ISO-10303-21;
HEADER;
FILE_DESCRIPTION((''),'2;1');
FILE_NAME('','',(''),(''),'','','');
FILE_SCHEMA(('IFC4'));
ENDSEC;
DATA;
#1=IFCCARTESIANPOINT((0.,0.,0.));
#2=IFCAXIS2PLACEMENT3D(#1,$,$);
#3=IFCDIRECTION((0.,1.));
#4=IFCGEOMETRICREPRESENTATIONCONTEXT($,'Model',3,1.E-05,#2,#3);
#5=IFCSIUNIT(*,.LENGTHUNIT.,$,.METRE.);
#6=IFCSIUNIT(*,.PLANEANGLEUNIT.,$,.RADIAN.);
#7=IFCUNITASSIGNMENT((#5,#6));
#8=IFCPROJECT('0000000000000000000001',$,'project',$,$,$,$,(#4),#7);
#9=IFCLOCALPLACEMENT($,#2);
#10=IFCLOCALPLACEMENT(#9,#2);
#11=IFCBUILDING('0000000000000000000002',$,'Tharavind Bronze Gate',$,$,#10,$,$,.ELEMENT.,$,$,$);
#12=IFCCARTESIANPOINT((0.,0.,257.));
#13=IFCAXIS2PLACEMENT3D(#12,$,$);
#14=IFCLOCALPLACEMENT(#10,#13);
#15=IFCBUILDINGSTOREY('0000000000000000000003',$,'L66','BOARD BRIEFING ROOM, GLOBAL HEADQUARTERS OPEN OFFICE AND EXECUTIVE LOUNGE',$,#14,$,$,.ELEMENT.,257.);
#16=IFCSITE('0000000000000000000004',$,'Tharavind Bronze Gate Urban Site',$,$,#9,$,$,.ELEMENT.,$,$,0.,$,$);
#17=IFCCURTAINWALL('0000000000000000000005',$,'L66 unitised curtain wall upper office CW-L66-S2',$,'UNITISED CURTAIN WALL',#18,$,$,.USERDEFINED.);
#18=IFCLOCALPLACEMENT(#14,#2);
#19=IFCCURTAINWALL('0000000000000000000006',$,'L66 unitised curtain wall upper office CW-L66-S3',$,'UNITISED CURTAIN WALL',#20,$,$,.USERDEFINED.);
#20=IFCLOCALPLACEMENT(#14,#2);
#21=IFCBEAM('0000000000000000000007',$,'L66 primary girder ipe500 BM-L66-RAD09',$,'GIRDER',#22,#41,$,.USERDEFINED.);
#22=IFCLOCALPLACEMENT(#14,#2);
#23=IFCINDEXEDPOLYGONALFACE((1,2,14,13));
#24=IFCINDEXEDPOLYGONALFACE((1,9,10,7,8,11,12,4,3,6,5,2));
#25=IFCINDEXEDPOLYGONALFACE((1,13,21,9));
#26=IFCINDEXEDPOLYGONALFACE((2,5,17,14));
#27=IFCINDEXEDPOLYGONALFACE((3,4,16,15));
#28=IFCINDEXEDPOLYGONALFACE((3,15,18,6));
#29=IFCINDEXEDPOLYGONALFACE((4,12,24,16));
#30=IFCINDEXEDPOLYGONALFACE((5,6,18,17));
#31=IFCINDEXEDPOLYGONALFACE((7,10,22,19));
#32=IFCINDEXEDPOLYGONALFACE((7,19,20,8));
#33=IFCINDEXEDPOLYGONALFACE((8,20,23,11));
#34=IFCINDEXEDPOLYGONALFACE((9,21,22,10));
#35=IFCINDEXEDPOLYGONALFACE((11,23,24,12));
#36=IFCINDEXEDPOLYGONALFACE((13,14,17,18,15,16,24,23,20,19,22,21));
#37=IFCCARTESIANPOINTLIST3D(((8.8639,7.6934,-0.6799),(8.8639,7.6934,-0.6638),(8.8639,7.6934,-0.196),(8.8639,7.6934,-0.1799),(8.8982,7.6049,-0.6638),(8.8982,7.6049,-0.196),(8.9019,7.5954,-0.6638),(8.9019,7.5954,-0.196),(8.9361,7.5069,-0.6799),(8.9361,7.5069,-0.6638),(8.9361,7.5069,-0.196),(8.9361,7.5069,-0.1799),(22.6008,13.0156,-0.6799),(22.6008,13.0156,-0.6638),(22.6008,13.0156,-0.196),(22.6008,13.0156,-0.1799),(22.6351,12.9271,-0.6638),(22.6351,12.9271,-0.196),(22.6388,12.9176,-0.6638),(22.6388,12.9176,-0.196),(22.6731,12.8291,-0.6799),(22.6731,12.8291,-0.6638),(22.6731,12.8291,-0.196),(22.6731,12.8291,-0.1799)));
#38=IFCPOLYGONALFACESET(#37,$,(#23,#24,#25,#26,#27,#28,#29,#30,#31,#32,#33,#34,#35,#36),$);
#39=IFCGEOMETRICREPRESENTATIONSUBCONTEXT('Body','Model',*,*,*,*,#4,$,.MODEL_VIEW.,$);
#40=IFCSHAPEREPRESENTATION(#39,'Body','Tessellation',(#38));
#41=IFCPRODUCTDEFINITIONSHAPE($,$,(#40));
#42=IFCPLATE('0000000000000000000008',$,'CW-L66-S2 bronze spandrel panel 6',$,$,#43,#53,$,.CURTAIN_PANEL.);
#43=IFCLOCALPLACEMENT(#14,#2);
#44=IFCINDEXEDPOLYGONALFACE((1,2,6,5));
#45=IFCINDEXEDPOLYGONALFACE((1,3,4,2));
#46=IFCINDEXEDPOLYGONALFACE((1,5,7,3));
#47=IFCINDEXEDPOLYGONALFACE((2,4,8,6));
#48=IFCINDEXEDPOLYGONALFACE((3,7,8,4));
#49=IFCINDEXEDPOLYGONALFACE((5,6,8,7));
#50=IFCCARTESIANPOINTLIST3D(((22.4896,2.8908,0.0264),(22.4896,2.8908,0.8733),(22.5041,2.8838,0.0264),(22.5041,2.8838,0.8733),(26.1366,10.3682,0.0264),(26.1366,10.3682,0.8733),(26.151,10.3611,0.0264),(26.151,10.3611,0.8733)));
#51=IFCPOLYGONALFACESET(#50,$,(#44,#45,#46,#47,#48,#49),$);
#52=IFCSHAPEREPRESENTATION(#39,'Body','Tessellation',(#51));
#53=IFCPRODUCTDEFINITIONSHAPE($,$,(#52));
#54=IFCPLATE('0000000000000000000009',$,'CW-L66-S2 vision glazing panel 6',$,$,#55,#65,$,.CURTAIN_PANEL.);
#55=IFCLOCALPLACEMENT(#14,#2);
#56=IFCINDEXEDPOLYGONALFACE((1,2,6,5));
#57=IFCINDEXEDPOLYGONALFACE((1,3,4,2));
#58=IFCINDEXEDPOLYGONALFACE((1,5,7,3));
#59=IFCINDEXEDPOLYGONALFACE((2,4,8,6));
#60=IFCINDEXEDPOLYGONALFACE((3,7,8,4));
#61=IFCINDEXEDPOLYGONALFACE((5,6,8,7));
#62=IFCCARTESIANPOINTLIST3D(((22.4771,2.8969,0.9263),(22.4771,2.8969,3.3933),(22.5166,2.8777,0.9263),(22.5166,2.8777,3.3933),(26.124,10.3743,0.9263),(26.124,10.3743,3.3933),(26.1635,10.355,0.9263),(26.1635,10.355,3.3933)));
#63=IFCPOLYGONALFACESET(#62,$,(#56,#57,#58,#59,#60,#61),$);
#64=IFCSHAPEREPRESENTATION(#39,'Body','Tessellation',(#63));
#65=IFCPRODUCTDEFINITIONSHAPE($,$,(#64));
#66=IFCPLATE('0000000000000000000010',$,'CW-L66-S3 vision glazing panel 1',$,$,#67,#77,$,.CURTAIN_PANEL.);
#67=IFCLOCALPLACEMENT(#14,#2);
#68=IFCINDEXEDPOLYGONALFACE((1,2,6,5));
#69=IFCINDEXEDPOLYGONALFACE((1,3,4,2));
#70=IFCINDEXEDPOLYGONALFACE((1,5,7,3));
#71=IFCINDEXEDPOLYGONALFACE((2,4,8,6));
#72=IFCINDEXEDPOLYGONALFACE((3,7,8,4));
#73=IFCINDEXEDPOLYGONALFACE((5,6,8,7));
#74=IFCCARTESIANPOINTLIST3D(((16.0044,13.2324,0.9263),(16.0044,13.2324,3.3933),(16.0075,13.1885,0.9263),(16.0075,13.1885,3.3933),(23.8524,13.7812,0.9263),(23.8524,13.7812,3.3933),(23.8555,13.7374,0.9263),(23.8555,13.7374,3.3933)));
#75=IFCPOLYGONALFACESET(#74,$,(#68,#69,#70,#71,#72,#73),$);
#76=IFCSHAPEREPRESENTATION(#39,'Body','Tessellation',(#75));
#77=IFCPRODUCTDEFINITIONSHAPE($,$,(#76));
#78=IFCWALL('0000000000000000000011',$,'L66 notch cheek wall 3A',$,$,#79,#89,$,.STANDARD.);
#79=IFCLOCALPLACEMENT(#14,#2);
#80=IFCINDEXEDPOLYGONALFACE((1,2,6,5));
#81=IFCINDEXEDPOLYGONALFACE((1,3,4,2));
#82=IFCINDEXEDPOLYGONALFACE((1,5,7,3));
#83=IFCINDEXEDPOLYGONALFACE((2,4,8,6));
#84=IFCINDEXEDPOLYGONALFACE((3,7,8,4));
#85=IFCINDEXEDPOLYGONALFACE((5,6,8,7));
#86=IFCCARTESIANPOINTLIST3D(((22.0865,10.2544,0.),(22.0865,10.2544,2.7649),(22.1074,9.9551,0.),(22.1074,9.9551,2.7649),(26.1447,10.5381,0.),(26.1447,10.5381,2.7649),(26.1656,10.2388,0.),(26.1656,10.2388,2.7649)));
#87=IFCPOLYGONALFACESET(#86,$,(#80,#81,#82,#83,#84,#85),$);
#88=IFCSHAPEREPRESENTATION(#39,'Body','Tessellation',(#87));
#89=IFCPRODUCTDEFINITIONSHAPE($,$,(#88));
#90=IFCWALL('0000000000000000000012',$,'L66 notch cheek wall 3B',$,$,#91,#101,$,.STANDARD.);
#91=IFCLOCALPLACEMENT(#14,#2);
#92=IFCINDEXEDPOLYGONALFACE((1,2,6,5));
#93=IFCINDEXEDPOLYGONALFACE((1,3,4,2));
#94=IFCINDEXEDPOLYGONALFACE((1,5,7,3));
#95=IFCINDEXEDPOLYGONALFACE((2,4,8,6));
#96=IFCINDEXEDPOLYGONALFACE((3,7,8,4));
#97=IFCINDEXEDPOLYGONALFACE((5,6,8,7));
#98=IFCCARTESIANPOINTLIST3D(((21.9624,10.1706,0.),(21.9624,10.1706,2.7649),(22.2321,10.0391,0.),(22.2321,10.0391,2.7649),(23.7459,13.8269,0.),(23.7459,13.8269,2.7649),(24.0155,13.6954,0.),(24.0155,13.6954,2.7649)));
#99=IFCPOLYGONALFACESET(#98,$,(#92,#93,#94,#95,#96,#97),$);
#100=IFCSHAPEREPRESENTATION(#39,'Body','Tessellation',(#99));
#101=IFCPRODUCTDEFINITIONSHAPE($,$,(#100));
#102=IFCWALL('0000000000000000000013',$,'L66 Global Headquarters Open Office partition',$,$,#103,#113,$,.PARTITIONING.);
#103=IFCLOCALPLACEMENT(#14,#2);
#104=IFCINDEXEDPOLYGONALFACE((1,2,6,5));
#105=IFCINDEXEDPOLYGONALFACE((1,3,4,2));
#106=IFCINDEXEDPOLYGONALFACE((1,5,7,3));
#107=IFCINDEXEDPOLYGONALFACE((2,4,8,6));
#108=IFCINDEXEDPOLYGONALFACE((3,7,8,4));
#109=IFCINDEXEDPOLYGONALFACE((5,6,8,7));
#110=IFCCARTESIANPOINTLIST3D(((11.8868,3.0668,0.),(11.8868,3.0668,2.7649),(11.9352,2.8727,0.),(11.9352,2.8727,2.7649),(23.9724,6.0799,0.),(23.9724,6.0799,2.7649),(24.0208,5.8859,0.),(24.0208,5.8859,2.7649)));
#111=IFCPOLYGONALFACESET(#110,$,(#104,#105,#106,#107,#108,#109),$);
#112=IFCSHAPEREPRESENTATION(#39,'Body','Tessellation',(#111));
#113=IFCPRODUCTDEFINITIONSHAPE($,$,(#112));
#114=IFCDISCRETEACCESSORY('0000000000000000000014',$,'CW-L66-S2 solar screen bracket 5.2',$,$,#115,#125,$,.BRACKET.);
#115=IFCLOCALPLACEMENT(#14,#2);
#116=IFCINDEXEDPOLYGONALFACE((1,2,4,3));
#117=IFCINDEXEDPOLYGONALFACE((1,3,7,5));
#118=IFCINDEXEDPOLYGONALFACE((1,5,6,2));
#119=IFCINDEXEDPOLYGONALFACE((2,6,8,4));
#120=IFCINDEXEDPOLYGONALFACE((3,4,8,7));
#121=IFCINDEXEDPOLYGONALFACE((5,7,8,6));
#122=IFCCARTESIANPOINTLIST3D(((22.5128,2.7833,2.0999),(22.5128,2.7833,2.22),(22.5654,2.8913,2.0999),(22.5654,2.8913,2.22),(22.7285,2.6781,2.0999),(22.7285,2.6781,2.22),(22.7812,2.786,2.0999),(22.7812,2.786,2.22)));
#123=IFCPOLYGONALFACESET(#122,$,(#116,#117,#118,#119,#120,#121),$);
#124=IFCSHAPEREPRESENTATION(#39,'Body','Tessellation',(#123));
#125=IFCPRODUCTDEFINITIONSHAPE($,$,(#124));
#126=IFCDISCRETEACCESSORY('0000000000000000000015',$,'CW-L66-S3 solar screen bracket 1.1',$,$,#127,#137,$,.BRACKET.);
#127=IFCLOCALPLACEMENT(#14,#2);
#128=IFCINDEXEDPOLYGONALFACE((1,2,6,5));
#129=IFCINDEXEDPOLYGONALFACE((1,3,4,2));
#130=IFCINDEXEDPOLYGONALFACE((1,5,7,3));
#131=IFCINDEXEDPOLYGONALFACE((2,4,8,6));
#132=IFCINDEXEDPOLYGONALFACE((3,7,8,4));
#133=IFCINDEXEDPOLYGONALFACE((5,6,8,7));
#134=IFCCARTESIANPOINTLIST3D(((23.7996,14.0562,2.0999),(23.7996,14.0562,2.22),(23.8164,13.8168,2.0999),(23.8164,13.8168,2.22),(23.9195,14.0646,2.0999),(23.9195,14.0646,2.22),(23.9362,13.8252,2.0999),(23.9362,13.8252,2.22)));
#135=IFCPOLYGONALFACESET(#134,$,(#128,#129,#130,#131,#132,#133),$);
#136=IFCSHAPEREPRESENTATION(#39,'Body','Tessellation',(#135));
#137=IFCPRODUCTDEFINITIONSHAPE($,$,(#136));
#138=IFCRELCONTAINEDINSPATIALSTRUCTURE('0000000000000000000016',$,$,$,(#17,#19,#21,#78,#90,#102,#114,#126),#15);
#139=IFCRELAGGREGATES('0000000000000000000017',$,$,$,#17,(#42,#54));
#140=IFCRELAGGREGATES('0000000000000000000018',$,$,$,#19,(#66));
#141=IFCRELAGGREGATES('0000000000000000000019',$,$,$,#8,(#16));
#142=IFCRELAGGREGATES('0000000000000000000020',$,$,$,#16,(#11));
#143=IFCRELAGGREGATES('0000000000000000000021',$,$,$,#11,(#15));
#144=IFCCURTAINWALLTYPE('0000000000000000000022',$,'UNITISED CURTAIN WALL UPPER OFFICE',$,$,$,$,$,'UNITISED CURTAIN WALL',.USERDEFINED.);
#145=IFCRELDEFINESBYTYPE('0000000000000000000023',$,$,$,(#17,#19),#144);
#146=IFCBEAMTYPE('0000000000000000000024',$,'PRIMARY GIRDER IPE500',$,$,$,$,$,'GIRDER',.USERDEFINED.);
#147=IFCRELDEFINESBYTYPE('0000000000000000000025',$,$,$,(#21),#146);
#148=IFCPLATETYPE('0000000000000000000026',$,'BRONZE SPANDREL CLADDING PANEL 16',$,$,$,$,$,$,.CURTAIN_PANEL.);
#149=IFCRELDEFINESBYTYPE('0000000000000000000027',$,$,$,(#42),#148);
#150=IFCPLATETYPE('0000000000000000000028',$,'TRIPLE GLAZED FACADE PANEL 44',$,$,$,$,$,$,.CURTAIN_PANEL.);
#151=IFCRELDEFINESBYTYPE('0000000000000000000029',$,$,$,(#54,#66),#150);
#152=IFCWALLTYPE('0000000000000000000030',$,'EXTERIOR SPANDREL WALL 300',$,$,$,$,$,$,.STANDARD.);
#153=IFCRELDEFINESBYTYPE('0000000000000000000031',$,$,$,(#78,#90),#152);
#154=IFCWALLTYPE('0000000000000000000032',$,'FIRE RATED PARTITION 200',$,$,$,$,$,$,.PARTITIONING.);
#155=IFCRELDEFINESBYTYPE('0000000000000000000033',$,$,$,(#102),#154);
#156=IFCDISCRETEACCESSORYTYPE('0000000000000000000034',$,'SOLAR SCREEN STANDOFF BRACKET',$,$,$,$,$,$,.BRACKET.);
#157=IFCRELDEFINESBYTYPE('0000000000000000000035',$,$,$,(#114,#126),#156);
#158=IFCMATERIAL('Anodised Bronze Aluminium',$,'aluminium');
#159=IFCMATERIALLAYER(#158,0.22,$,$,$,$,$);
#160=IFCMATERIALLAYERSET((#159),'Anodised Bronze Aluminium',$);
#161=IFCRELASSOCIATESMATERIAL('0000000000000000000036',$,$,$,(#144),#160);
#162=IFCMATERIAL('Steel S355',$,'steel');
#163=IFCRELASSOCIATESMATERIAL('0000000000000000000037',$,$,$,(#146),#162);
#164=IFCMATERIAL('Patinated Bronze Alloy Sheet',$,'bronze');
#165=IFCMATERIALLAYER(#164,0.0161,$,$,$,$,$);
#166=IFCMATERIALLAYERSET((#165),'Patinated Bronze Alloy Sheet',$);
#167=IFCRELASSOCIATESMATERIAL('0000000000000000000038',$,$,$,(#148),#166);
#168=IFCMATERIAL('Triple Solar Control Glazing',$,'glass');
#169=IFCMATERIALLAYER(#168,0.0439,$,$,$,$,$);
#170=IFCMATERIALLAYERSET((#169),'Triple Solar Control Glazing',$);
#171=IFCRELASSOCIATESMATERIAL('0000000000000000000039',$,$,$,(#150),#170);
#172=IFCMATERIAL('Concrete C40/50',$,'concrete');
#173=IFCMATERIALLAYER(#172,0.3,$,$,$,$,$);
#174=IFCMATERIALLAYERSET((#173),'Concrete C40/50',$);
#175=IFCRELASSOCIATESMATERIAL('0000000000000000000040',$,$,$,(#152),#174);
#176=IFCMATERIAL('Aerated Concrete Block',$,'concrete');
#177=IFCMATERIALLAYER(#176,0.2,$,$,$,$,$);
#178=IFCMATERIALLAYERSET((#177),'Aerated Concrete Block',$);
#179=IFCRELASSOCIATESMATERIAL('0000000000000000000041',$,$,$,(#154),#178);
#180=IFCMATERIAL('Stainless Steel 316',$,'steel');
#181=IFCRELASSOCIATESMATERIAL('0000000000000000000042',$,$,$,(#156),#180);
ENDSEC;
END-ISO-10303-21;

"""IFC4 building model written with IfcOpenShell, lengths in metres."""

from ifc_helpers import new_model, si_unit, direction, frame, frame_2d, origin, origin_2d, place, context, subcontext, project, spatial, rectangle, i_section, extrude, material, layer, layer_set, material_profile, profile_set, type_object, element, aggregate, save


model = new_model("IFC4")

# Units and contexts
model_context = context("Model", 3, precision=1e-05, world=origin(), true_north=direction((0.0, 1.0)))
body_context = subcontext(model_context, "Body", "Model", "MODEL_VIEW")
ifc_project = project(units=[si_unit("LENGTHUNIT", "METRE"), si_unit("PLANEANGLEUNIT", "RADIAN")], contexts=[model_context])

# Site, building, storey
site_placement = place(None, origin())
site = spatial("IfcSite", under=ifc_project, at=site_placement, Name="Tharavind Bronze Gate Urban Site", CompositionType="ELEMENT", RefElevation=0.0)
building_placement = place(site_placement, origin())
building = spatial("IfcBuilding", under=site, at=building_placement, Name="Tharavind Bronze Gate", CompositionType="ELEMENT")
storey_placement = place(building_placement, frame((0.0, 0.0, 257.0)))
storey = spatial("IfcBuildingStorey", under=building, at=storey_placement, Name="L66", Description="BOARD BRIEFING ROOM, GLOBAL HEADQUARTERS OPEN OFFICE AND EXECUTIVE LOUNGE", CompositionType="ELEMENT", Elevation=257.0)

# Curtain wall
ifc_material_1 = material(Name="Anodised Bronze Aluminium", Category="aluminium")
ifc_layer_1 = layer(ifc_material_1, 0.22)
ifc_layer_set_1 = layer_set([ifc_layer_1], Name="Anodised Bronze Aluminium")
curtain_wall_type = type_object("IfcCurtainWallType", Name="UNITISED CURTAIN WALL UPPER OFFICE", ElementType="UNITISED CURTAIN WALL", PredefinedType="USERDEFINED", material=ifc_layer_set_1)
curtain_wall_1_placement = place(storey_placement, origin())
curtain_wall_1 = element("IfcCurtainWall", 1, at=curtain_wall_1_placement, inside=storey, type_object=curtain_wall_type, Name="L66 unitised curtain wall upper office CW-L66-S2", ObjectType="UNITISED CURTAIN WALL", PredefinedType="USERDEFINED")

# Curtain wall
curtain_wall_2_placement = place(storey_placement, origin())
curtain_wall_2 = element("IfcCurtainWall", 2, at=curtain_wall_2_placement, inside=storey, type_object=curtain_wall_type, Name="L66 unitised curtain wall upper office CW-L66-S3", ObjectType="UNITISED CURTAIN WALL", PredefinedType="USERDEFINED")

# Beam
ifc_material_2 = material(Name="Steel S355", Category="steel")
ifc_material_profile_1 = material_profile(ifc_material_2, i_section(OverallWidth=0.2, OverallDepth=0.5, WebThickness=0.0103, FlangeThickness=0.0161, at=origin_2d()), Name="IPE500")
ifc_profile_set_1 = profile_set([ifc_material_profile_1], Name="Steel S355")
beam_type_1 = type_object("IfcBeamType", Name="PRIMARY GIRDER IPE500", ElementType="GIRDER", PredefinedType="USERDEFINED", material=ifc_profile_set_1)
beam_1_placement = place(storey_placement, frame((22.637, 12.9224, -0.4299), z_axis=(-0.932461, -0.361271, 0.0), x_axis=(0.361271, -0.932461, 0.0)))
element("IfcBeam", 3, at=beam_1_placement, inside=storey, type_object=beam_type_1, Name="L66 primary girder ipe500 BM-L66-RAD09", ObjectType="GIRDER", PredefinedType="USERDEFINED", context=body_context, shape_type="SweptSolid", body=[
    extrude(i_section(OverallWidth=0.2, OverallDepth=0.5, WebThickness=0.0103, FlangeThickness=0.0161, at=origin_2d()), origin(), (0.0, 0.0, 1.0), 14.7319),
])

# Plates
ifc_material_3 = material(Name="Patinated Bronze Alloy Sheet", Category="bronze")
ifc_layer_2 = layer(ifc_material_3, 0.0161)
ifc_layer_set_2 = layer_set([ifc_layer_2], Name="Patinated Bronze Alloy Sheet")
plate_type_1 = type_object("IfcPlateType", Name="BRONZE SPANDREL CLADDING PANEL 16", PredefinedType="CURTAIN_PANEL", material=ifc_layer_set_2)
plate_1_placement = place(storey_placement, frame((24.3203, 6.626, 0.0264), z_axis=(0.0, 0.0, 1.0), x_axis=(0.438373, 0.898793, 0.0)))
plate_1 = element("IfcPlate", 4, at=plate_1_placement, type_object=plate_type_1, Name="CW-L66-S2 bronze spandrel panel 6", PredefinedType="CURTAIN_PANEL", context=body_context, shape_type="SweptSolid", body=[
    extrude(rectangle(XDim=8.3193, YDim=0.0161, at=origin_2d()), origin(), (0.0, 0.0, 1.0), 0.8469),
])
ifc_material_4 = material(Name="Triple Solar Control Glazing", Category="glass")
ifc_layer_3 = layer(ifc_material_4, 0.0439)
ifc_layer_set_3 = layer_set([ifc_layer_3], Name="Triple Solar Control Glazing")
plate_type_2 = type_object("IfcPlateType", Name="TRIPLE GLAZED FACADE PANEL 44", PredefinedType="CURTAIN_PANEL", material=ifc_layer_set_3)
plate_2_placement = place(storey_placement, frame((24.3203, 6.626, 0.9263), z_axis=(0.0, 0.0, 1.0), x_axis=(0.438373, 0.898793, 0.0)))
plate_2 = element("IfcPlate", 5, at=plate_2_placement, type_object=plate_type_2, Name="CW-L66-S2 vision glazing panel 6", PredefinedType="CURTAIN_PANEL", context=body_context, shape_type="SweptSolid", body=[
    extrude(rectangle(XDim=8.3193, YDim=0.0439, at=origin_2d()), origin(), (0.0, 0.0, 1.0), 2.467),
])
aggregate(curtain_wall_1, [plate_1, plate_2])
plate_3_placement = place(storey_placement, frame((19.9299, 13.4849, 0.9263), z_axis=(0.0, 0.0, 1.0), x_axis=(-0.997564, -0.06976, 0.0)))
plate_3 = element("IfcPlate", 6, at=plate_3_placement, type_object=plate_type_2, Name="CW-L66-S3 vision glazing panel 1", PredefinedType="CURTAIN_PANEL", context=body_context, shape_type="SweptSolid", body=[
    extrude(rectangle(XDim=7.8672, YDim=0.0439, at=origin_2d()), origin(), (0.0, 0.0, 1.0), 2.467),
])
aggregate(curtain_wall_2, [plate_3])

# Walls
ifc_material_5 = material(Name="Concrete C40/50", Category="concrete")
ifc_layer_4 = layer(ifc_material_5, 0.3)
ifc_layer_set_4 = layer_set([ifc_layer_4], Name="Concrete C40/50")
wall_type_1 = type_object("IfcWallType", Name="EXTERIOR SPANDREL WALL 300", PredefinedType="STANDARD", material=ifc_layer_set_4)
for number, where, z_axis, x_axis, name in (
    (7, (26.1553, 10.3884, 0.0), (0.0, 0.0, 1.0), (-0.997565, -0.069737, 0.0), "L66 notch cheek wall 3A"),
    (8, (22.0972, 10.1047, 0.0), (0.0, 0.0, 1.0), (0.438406, 0.898777, 0.0), "L66 notch cheek wall 3B"),
):
    element("IfcWall", number, at=place(storey_placement, frame(where, z_axis=z_axis, x_axis=x_axis)), inside=storey, type_object=wall_type_1, Name=name, PredefinedType="STANDARD", context=body_context, shape_type="SweptSolid", body=[
        extrude(rectangle(XDim=4.0681, YDim=0.3, at=frame_2d((2.0342, 0.0))), origin(), (0.0, 0.0, 1.0), 2.7649),
    ])
ifc_material_6 = material(Name="Aerated Concrete Block", Category="concrete")
ifc_layer_5 = layer(ifc_material_6, 0.2)
ifc_layer_set_5 = layer_set([ifc_layer_5], Name="Aerated Concrete Block")
wall_type_2 = type_object("IfcWallType", Name="FIRE RATED PARTITION 200", PredefinedType="PARTITIONING", material=ifc_layer_set_5)
wall_placement = place(storey_placement, frame((23.9966, 5.9829, 0.0), z_axis=(0.0, 0.0, 1.0), x_axis=(-0.970298, -0.241913, 0.0)))
element("IfcWall", 9, at=wall_placement, inside=storey, type_object=wall_type_2, Name="L66 Global Headquarters Open Office partition", PredefinedType="PARTITIONING", context=body_context, shape_type="SweptSolid", body=[
    extrude(rectangle(XDim=12.4556, YDim=0.2, at=frame_2d((6.2278, 0.0))), origin(), (0.0, 0.0, 1.0), 2.7649),
])

# Discrete accessories
ifc_material_7 = material(Name="Stainless Steel 316", Category="steel")
discrete_accessory_type = type_object("IfcDiscreteAccessoryType", Name="SOLAR SCREEN STANDOFF BRACKET", PredefinedType="BRACKET", material=ifc_material_7)
for number, where, z_axis, x_axis, name in (
    (10, (22.647, 2.7847, 2.0999), (0.0, 0.0, 1.0), (0.438373, 0.898793, 0.0), "CW-L66-S2 solar screen bracket 5.2"),
    (11, (23.8679, 13.9407, 2.0999), (0.0, 0.0, 1.0), (-0.997564, -0.06976, 0.0), "CW-L66-S3 solar screen bracket 1.1"),
):
    element("IfcDiscreteAccessory", number, at=place(storey_placement, frame(where, z_axis=z_axis, x_axis=x_axis)), inside=storey, type_object=discrete_accessory_type, Name=name, PredefinedType="BRACKET", context=body_context, shape_type="SweptSolid", body=[
        extrude(rectangle(XDim=0.1201, YDim=0.24, at=origin_2d()), origin(), (0.0, 0.0, 1.0), 0.1201),
    ])

save(model, "model.ifc")
